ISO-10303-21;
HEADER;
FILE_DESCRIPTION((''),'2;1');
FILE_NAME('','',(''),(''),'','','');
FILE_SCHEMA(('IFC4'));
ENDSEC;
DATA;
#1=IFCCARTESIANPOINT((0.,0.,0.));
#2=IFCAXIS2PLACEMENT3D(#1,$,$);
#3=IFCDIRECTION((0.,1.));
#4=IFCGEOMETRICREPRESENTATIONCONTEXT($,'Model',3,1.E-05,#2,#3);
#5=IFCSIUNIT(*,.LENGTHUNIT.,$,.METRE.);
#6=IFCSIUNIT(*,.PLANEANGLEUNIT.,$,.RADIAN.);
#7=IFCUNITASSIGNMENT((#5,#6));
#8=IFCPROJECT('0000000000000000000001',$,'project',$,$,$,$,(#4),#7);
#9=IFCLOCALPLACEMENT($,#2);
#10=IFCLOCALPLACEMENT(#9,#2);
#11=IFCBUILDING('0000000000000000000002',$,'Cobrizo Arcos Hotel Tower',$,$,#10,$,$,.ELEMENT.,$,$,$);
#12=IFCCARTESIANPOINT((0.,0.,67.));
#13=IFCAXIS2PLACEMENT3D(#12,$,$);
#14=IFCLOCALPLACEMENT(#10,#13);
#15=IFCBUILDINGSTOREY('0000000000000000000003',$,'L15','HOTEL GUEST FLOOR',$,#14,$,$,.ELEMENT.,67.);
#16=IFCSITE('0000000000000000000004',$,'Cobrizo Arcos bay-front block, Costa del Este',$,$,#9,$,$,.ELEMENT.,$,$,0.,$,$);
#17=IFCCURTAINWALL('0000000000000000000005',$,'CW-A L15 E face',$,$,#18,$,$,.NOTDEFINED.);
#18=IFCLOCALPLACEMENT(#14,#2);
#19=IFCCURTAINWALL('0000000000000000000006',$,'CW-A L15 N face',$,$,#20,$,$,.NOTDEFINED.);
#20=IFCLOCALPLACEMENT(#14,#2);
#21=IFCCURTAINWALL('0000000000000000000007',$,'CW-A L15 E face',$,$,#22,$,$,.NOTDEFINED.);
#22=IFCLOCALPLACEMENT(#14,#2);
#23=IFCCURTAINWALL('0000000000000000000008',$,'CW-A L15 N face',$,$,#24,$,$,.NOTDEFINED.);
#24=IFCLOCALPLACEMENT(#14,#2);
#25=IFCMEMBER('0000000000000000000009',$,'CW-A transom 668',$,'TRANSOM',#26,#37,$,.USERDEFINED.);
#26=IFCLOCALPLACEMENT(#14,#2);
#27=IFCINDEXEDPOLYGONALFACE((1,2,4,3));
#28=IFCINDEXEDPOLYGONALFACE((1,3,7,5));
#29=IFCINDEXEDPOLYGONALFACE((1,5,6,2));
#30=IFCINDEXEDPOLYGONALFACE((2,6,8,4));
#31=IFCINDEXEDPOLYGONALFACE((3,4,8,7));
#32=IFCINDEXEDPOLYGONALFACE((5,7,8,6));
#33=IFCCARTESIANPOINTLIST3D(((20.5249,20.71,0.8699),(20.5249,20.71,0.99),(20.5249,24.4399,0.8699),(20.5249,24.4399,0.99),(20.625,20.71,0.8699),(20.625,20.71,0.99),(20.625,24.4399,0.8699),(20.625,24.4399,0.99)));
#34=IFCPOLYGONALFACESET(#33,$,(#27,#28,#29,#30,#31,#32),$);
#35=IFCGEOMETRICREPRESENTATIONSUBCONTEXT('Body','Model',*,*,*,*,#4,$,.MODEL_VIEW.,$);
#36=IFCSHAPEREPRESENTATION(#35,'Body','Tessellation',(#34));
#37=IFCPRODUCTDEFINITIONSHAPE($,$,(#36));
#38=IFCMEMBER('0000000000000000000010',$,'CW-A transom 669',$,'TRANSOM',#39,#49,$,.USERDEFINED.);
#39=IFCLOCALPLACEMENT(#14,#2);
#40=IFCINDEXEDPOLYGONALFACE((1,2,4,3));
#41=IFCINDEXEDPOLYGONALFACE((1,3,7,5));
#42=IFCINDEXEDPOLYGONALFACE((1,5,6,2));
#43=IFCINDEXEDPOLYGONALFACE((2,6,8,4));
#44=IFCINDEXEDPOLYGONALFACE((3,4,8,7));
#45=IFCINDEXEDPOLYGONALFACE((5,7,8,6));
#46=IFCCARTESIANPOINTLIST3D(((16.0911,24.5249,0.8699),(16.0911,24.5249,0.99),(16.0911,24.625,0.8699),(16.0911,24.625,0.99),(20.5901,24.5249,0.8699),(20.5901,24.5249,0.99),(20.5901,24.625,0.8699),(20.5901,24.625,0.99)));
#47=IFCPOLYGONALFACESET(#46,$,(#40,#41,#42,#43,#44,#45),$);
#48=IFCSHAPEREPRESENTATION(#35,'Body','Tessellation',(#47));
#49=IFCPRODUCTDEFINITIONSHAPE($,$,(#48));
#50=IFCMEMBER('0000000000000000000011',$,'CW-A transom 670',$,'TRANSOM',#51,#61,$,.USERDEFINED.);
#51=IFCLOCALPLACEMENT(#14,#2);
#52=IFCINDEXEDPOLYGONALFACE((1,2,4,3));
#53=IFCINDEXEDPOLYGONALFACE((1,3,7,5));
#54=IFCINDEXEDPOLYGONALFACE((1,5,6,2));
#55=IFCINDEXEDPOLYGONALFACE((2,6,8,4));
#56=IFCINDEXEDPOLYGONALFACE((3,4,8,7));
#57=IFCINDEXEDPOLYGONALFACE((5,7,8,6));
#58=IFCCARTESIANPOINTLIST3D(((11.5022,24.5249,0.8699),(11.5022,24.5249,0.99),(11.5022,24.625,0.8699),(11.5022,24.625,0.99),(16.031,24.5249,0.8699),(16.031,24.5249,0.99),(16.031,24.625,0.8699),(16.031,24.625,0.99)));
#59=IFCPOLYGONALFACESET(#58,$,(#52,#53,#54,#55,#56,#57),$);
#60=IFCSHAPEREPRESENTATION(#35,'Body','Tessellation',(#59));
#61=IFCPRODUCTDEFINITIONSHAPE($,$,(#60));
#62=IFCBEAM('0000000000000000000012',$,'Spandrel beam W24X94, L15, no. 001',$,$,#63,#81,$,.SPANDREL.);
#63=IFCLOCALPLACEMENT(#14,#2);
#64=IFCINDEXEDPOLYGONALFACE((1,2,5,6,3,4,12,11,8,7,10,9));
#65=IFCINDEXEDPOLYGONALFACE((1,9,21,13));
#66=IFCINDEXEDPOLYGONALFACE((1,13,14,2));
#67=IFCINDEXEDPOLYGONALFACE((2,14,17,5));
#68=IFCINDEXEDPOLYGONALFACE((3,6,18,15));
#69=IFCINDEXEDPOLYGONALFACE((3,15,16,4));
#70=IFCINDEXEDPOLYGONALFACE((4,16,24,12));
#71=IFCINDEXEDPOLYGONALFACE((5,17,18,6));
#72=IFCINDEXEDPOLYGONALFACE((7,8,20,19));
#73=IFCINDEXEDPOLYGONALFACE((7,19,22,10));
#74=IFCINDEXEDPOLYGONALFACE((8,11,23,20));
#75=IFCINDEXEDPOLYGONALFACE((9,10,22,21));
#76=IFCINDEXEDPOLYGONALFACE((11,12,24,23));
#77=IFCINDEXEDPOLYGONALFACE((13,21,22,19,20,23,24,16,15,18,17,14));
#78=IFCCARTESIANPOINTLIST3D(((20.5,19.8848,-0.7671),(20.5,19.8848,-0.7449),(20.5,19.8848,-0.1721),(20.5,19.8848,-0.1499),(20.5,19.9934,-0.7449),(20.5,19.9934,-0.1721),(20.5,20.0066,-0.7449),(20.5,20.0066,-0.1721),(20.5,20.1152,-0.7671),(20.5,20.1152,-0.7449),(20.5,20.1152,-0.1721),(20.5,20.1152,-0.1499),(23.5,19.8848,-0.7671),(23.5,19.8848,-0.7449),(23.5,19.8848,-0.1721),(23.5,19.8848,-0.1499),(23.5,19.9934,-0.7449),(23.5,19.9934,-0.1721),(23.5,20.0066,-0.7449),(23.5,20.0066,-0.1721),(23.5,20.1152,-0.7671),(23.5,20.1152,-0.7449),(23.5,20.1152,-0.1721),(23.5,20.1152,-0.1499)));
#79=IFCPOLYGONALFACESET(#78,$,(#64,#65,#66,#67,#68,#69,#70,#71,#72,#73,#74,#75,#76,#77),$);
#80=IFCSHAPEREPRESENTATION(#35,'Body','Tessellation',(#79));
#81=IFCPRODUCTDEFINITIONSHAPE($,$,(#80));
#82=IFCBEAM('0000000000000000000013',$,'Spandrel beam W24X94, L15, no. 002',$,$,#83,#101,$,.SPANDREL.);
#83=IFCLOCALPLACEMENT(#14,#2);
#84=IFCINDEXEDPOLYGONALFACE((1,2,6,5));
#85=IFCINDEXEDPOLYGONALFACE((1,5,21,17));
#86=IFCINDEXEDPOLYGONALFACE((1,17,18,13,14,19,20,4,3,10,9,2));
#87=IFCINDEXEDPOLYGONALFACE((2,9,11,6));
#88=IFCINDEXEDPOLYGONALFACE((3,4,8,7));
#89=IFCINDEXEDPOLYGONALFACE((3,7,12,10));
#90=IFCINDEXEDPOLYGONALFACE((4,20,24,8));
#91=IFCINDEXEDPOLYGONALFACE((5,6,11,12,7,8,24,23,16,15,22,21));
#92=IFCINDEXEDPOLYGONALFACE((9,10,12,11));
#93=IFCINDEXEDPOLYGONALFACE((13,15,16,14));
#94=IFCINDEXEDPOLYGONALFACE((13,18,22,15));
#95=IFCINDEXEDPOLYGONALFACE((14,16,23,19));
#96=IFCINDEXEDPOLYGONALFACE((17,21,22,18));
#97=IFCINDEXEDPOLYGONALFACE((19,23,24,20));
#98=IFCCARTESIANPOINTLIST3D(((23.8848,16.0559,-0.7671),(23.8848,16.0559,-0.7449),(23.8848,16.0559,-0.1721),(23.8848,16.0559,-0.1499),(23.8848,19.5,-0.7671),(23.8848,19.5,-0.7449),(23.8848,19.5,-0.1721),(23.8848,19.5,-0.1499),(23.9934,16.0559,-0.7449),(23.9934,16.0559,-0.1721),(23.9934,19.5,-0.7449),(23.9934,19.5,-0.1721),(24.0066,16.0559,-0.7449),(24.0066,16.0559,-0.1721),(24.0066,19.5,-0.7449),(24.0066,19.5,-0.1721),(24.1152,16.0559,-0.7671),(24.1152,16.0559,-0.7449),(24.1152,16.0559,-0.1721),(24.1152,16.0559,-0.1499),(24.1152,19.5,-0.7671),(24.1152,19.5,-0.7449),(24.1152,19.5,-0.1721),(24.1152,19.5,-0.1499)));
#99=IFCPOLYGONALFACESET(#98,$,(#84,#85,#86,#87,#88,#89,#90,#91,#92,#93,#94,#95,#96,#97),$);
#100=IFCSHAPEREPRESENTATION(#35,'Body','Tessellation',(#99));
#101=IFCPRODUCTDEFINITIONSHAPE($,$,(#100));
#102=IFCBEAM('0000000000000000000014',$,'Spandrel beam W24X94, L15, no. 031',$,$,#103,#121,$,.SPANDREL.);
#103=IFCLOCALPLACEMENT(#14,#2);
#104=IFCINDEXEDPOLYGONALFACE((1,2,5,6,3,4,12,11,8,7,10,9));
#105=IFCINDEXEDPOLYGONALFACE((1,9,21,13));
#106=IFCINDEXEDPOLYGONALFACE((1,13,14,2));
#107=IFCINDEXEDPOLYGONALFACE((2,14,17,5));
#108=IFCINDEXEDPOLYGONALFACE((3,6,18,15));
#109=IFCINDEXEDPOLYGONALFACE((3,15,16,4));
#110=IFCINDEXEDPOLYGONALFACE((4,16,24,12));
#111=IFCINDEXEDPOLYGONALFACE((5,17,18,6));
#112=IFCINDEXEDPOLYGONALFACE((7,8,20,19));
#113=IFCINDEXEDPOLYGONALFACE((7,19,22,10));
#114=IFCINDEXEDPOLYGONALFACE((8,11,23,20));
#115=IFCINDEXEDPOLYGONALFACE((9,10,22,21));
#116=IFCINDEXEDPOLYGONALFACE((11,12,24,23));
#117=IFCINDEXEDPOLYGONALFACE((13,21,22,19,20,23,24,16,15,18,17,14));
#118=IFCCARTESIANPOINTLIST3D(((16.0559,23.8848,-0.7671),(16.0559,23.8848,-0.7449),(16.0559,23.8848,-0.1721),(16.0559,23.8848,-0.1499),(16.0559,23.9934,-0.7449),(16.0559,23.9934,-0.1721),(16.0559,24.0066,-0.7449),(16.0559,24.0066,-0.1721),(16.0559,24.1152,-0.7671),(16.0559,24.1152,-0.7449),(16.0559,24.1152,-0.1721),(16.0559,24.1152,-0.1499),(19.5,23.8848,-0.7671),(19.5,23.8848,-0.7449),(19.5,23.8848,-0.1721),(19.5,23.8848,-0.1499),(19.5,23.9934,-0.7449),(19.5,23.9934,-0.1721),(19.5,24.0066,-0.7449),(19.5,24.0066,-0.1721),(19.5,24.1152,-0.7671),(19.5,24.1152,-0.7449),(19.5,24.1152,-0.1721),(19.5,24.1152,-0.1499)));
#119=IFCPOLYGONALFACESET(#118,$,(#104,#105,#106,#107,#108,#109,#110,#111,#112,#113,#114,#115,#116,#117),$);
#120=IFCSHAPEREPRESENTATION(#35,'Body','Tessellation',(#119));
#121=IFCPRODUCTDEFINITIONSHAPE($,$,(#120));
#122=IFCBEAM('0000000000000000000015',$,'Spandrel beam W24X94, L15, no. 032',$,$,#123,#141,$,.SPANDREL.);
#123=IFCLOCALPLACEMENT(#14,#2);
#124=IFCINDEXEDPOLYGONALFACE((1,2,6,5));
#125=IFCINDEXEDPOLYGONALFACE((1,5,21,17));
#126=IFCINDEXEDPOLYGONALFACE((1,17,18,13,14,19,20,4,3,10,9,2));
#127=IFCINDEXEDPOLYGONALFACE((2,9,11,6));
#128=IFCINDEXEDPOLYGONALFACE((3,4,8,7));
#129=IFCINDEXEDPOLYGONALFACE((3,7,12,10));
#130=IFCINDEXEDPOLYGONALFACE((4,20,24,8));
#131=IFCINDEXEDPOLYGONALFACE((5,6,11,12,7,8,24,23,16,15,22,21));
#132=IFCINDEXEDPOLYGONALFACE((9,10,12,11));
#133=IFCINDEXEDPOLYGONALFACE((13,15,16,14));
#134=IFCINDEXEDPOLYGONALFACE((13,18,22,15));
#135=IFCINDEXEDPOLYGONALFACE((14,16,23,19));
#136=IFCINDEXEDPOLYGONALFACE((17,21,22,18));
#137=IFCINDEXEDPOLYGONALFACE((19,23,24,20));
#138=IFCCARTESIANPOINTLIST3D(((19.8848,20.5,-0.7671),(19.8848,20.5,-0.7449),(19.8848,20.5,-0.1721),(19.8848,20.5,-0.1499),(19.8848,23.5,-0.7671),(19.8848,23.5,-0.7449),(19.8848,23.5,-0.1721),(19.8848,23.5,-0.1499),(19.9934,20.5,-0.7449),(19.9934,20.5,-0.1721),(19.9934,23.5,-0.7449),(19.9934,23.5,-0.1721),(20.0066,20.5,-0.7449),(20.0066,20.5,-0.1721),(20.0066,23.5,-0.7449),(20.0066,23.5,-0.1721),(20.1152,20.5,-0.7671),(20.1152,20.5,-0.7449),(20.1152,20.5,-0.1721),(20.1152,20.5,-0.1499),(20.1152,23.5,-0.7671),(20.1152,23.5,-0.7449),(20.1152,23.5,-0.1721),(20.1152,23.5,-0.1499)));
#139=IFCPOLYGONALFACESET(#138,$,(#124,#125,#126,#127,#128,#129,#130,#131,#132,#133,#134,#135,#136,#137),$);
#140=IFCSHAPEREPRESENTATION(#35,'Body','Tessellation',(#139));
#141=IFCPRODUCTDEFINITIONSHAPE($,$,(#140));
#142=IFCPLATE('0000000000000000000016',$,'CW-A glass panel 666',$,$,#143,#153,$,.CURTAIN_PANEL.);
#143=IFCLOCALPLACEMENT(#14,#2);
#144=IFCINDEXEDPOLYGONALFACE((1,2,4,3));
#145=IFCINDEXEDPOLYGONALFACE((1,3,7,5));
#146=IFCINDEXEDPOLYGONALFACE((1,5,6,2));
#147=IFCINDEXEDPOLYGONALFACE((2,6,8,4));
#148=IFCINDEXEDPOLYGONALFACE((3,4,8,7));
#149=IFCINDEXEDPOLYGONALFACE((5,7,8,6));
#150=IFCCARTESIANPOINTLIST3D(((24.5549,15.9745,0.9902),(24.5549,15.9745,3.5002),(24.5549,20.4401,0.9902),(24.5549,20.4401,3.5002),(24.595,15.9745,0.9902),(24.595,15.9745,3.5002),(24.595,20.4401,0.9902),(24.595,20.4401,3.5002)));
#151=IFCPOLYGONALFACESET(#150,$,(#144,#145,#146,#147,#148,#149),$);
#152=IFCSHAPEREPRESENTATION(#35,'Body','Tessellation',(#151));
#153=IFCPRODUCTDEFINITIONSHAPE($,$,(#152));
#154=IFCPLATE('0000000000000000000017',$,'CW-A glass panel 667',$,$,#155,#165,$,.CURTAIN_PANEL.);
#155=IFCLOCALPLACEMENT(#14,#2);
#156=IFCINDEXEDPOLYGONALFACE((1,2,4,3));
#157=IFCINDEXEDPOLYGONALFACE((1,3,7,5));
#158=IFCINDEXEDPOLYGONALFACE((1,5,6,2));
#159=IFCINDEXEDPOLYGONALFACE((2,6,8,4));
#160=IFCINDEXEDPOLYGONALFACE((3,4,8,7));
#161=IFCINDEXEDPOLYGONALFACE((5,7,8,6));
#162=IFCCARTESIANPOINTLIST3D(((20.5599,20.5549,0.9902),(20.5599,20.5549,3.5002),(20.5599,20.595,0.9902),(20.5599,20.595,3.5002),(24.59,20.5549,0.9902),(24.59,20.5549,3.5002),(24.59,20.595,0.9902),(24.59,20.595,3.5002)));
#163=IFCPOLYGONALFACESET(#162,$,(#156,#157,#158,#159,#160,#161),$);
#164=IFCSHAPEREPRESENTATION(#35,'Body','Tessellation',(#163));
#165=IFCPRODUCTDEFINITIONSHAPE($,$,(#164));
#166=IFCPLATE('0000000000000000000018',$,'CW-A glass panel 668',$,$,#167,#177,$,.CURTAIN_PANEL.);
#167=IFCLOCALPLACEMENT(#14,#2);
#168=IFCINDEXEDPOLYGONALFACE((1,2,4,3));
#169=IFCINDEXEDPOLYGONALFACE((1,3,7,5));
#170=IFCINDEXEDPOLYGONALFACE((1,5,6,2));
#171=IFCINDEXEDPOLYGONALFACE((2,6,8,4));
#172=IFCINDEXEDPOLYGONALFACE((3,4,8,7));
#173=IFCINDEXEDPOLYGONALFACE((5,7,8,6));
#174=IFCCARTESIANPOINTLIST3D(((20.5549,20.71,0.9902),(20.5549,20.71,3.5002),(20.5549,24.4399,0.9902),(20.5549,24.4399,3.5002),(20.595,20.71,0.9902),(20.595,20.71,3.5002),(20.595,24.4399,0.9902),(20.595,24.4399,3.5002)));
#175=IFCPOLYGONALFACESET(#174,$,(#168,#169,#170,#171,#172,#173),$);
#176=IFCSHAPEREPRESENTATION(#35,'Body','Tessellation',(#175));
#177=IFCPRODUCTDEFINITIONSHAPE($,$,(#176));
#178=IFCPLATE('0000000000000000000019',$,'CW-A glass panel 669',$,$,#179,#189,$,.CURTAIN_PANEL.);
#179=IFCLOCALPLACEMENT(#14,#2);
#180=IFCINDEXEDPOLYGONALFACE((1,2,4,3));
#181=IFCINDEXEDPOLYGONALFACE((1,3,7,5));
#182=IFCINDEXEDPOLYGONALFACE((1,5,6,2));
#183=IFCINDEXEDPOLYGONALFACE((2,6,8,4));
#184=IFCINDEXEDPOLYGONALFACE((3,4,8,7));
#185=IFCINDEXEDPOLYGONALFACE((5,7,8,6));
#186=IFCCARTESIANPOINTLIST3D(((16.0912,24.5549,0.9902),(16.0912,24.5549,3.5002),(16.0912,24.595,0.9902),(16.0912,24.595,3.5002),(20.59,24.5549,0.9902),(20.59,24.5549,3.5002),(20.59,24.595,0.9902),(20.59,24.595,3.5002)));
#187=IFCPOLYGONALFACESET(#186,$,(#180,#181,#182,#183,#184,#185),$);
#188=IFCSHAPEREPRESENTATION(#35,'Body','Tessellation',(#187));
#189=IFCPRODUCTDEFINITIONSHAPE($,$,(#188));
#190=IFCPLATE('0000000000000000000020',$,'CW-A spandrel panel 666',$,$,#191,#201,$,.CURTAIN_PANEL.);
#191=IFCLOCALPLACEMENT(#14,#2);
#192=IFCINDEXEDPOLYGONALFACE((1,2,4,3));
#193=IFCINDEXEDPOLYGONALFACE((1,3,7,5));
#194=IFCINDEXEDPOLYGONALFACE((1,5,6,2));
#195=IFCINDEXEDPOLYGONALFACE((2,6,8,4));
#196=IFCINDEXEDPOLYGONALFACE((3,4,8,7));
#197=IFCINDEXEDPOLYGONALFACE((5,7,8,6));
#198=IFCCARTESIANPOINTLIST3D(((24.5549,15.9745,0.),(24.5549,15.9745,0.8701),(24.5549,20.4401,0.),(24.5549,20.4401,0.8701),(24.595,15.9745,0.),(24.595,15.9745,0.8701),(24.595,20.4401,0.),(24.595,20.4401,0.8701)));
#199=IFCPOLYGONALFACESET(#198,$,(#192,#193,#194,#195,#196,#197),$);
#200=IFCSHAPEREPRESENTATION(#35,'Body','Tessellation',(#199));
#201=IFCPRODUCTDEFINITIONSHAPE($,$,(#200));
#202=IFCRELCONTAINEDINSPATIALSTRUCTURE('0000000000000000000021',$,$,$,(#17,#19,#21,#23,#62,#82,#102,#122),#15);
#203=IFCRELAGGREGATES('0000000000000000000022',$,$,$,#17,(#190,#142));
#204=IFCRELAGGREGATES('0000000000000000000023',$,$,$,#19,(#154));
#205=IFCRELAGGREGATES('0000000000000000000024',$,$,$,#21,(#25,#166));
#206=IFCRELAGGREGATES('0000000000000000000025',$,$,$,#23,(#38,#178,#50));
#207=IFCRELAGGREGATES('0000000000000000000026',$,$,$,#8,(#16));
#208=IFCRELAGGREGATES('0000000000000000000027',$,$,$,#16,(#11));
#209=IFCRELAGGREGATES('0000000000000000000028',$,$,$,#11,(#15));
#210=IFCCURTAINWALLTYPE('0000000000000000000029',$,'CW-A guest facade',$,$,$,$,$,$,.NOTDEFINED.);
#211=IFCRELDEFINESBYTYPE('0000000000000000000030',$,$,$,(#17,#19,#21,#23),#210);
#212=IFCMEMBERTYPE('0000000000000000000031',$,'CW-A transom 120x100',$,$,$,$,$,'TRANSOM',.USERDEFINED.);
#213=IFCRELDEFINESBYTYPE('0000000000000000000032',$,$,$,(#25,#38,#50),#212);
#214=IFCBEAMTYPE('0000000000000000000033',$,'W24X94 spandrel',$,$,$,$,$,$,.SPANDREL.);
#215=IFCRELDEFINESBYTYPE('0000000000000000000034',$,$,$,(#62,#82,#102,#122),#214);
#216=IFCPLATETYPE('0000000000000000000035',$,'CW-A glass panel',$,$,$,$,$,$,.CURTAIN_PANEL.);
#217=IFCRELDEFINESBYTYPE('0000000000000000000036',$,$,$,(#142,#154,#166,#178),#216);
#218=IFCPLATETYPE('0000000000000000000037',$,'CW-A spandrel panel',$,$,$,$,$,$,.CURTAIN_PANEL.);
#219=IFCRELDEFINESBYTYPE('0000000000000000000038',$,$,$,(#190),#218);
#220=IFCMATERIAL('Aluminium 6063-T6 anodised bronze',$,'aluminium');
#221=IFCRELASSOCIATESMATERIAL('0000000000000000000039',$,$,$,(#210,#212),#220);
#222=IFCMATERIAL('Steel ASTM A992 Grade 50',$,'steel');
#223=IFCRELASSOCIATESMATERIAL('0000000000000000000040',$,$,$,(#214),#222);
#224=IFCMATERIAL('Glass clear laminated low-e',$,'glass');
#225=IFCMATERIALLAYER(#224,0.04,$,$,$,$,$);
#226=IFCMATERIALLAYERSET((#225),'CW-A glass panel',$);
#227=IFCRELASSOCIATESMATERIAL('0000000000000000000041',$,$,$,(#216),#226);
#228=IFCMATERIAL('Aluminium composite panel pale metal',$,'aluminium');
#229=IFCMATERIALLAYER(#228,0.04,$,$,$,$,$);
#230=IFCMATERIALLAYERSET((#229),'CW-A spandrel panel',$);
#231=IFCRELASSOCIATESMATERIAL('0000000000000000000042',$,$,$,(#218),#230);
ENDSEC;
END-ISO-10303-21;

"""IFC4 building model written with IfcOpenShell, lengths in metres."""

from ifc_helpers import new_model, si_unit, direction, frame, origin, origin_2d, place, context, subcontext, project, spatial, rectangle, i_section, extrude, material, layer, layer_set, material_profile, profile_set, type_object, element, aggregate, save


model = new_model("IFC4")

# Units and contexts
model_context = context("Model", 3, precision=1e-05, world=origin(), true_north=direction((0.0, 1.0)))
body_context = subcontext(model_context, "Body", "Model", "MODEL_VIEW")
ifc_project = project(units=[si_unit("LENGTHUNIT", "METRE"), si_unit("PLANEANGLEUNIT", "RADIAN")], contexts=[model_context])

# Site, building, storey
site_placement = place(None, origin())
site = spatial("IfcSite", under=ifc_project, at=site_placement, Name="Cobrizo Arcos bay-front block, Costa del Este", CompositionType="ELEMENT", RefElevation=0.0)
building_placement = place(site_placement, origin())
building = spatial("IfcBuilding", under=site, at=building_placement, Name="Cobrizo Arcos Hotel Tower", CompositionType="ELEMENT")
storey_placement = place(building_placement, frame((0.0, 0.0, 67.0)))
storey = spatial("IfcBuildingStorey", under=building, at=storey_placement, Name="L15", Description="HOTEL GUEST FLOOR", CompositionType="ELEMENT", Elevation=67.0)

# Curtain wall
ifc_material_1 = material(Name="Aluminium 6063-T6 anodised bronze", Category="aluminium")
curtain_wall_type = type_object("IfcCurtainWallType", Name="CW-A guest facade", PredefinedType="NOTDEFINED", material=ifc_material_1)
curtain_wall_1_placement = place(storey_placement, origin())
curtain_wall_1 = element("IfcCurtainWall", 1, at=curtain_wall_1_placement, inside=storey, type_object=curtain_wall_type, Name="CW-A L15 E face", PredefinedType="NOTDEFINED")

# Curtain walls
curtain_wall_2_placement = place(storey_placement, origin())
curtain_wall_2 = element("IfcCurtainWall", 2, at=curtain_wall_2_placement, inside=storey, type_object=curtain_wall_type, Name="CW-A L15 N face", PredefinedType="NOTDEFINED")
curtain_wall_3_placement = place(storey_placement, origin())
curtain_wall_3 = element("IfcCurtainWall", 3, at=curtain_wall_3_placement, inside=storey, type_object=curtain_wall_type, Name="CW-A L15 E face", PredefinedType="NOTDEFINED")
curtain_wall_4_placement = place(storey_placement, origin())
curtain_wall_4 = element("IfcCurtainWall", 4, at=curtain_wall_4_placement, inside=storey, type_object=curtain_wall_type, Name="CW-A L15 N face", PredefinedType="NOTDEFINED")

# Members
ifc_material_profile_1 = material_profile(ifc_material_1, rectangle(XDim=0.1001, YDim=0.1201, at=origin_2d()), Name="CW-A transom 120x100")
ifc_profile_set_1 = profile_set([ifc_material_profile_1], Name="Aluminium 6063-T6 anodised bronze")
member_type_1 = type_object("IfcMemberType", Name="CW-A transom 120x100", ElementType="TRANSOM", PredefinedType="USERDEFINED", material=ifc_profile_set_1)
member_1_placement = place(storey_placement, frame((20.575, 20.71, 0.9299), z_axis=(0.0, 1.0, 0.0), x_axis=(-1.0, 0.0, 0.0)))
member_1 = element("IfcMember", 5, at=member_1_placement, type_object=member_type_1, Name="CW-A transom 668", ObjectType="TRANSOM", PredefinedType="USERDEFINED", context=body_context, shape_type="SweptSolid", body=[
    extrude(rectangle(XDim=0.1001, YDim=0.1201, at=origin_2d()), origin(), (0.0, 0.0, 1.0), 3.73),
])
member_2_placement = place(storey_placement, frame((20.5901, 24.575, 0.9299), z_axis=(-1.0, 0.0, 0.0), x_axis=(0.0, -1.0, 0.0)))
member_2 = element("IfcMember", 6, at=member_2_placement, type_object=member_type_1, Name="CW-A transom 669", ObjectType="TRANSOM", PredefinedType="USERDEFINED", context=body_context, shape_type="SweptSolid", body=[
    extrude(rectangle(XDim=0.1001, YDim=0.1201, at=origin_2d()), origin(), (0.0, 0.0, 1.0), 4.499),
])
member_3_placement = place(storey_placement, frame((16.031, 24.575, 0.9299), z_axis=(-1.0, 0.0, 0.0), x_axis=(0.0, -1.0, 0.0)))
member_3 = element("IfcMember", 7, at=member_3_placement, type_object=member_type_1, Name="CW-A transom 670", ObjectType="TRANSOM", PredefinedType="USERDEFINED", context=body_context, shape_type="SweptSolid", body=[
    extrude(rectangle(XDim=0.1001, YDim=0.1201, at=origin_2d()), origin(), (0.0, 0.0, 1.0), 4.5288),
])

# Beams
ifc_material_2 = material(Name="Steel ASTM A992 Grade 50", Category="steel")
ifc_material_profile_2 = material_profile(ifc_material_2, i_section(OverallWidth=0.2305, OverallDepth=0.6172, WebThickness=0.0132, FlangeThickness=0.0222, at=origin_2d()), Name="W24X94")
ifc_profile_set_2 = profile_set([ifc_material_profile_2], Name="Steel ASTM A992 Grade 50")
beam_type_1 = type_object("IfcBeamType", Name="W24X94 spandrel", PredefinedType="SPANDREL", material=ifc_profile_set_2)
beam_1_placement = place(storey_placement, frame((20.5, 20.0, -0.4585), z_axis=(1.0, 0.0, 0.0), x_axis=(0.0, 1.0, 0.0)))
element("IfcBeam", 8, at=beam_1_placement, inside=storey, type_object=beam_type_1, Name="Spandrel beam W24X94, L15, no. 001", PredefinedType="SPANDREL", context=body_context, shape_type="SweptSolid", body=[
    extrude(i_section(OverallWidth=0.2305, OverallDepth=0.6172, WebThickness=0.0132, FlangeThickness=0.0222, at=origin_2d()), origin(), (0.0, 0.0, 1.0), 3.0),
])
for number, where, z_axis, x_axis, name in (
    (9, (24.0, 19.5, -0.4585), (0.0, -1.0, 0.0), (1.0, 0.0, 0.0), "Spandrel beam W24X94, L15, no. 002"),
    (10, (16.0559, 24.0, -0.4585), (1.0, 0.0, 0.0), (0.0, 1.0, 0.0), "Spandrel beam W24X94, L15, no. 031"),
):
    element("IfcBeam", number, at=place(storey_placement, frame(where, z_axis=z_axis, x_axis=x_axis)), inside=storey, type_object=beam_type_1, Name=name, PredefinedType="SPANDREL", context=body_context, shape_type="SweptSolid", body=[
        extrude(i_section(OverallWidth=0.2305, OverallDepth=0.6172, WebThickness=0.0132, FlangeThickness=0.0222, at=origin_2d()), origin(), (0.0, 0.0, 1.0), 3.4441),
    ])
beam_2_placement = place(storey_placement, frame((20.0, 23.5, -0.4585), z_axis=(0.0, -1.0, 0.0), x_axis=(1.0, 0.0, 0.0)))
element("IfcBeam", 11, at=beam_2_placement, inside=storey, type_object=beam_type_1, Name="Spandrel beam W24X94, L15, no. 032", PredefinedType="SPANDREL", context=body_context, shape_type="SweptSolid", body=[
    extrude(i_section(OverallWidth=0.2305, OverallDepth=0.6172, WebThickness=0.0132, FlangeThickness=0.0222, at=origin_2d()), origin(), (0.0, 0.0, 1.0), 3.0),
])

# Plates
ifc_material_3 = material(Name="Glass clear laminated low-e", Category="glass")
ifc_layer_1 = layer(ifc_material_3, 0.04)
ifc_layer_set_1 = layer_set([ifc_layer_1], Name="CW-A glass panel")
plate_type_1 = type_object("IfcPlateType", Name="CW-A glass panel", PredefinedType="CURTAIN_PANEL", material=ifc_layer_set_1)
plate_1_placement = place(storey_placement, frame((24.575, 18.2073, 0.9902), z_axis=(0.0, 0.0, 1.0), x_axis=(0.0, 1.0, 0.0)))
plate_1 = element("IfcPlate", 12, at=plate_1_placement, type_object=plate_type_1, Name="CW-A glass panel 666", PredefinedType="CURTAIN_PANEL", context=body_context, shape_type="SweptSolid", body=[
    extrude(rectangle(XDim=4.4656, YDim=0.04, at=origin_2d()), origin(), (0.0, 0.0, 1.0), 2.51),
])
plate_2_placement = place(storey_placement, frame((22.575, 20.575, 0.9902), z_axis=(0.0, 0.0, 1.0), x_axis=(-1.0, 0.0, 0.0)))
plate_2 = element("IfcPlate", 13, at=plate_2_placement, type_object=plate_type_1, Name="CW-A glass panel 667", PredefinedType="CURTAIN_PANEL", context=body_context, shape_type="SweptSolid", body=[
    extrude(rectangle(XDim=4.03, YDim=0.04, at=origin_2d()), origin(), (0.0, 0.0, 1.0), 2.51),
])
plate_3_placement = place(storey_placement, frame((20.575, 22.575, 0.9902), z_axis=(0.0, 0.0, 1.0), x_axis=(0.0, 1.0, 0.0)))
plate_3 = element("IfcPlate", 14, at=plate_3_placement, type_object=plate_type_1, Name="CW-A glass panel 668", PredefinedType="CURTAIN_PANEL", context=body_context, shape_type="SweptSolid", body=[
    extrude(rectangle(XDim=3.73, YDim=0.04, at=origin_2d()), origin(), (0.0, 0.0, 1.0), 2.51),
])
plate_4_placement = place(storey_placement, frame((18.3406, 24.575, 0.9902), z_axis=(0.0, 0.0, 1.0), x_axis=(-1.0, 0.0, 0.0)))
plate_4 = element("IfcPlate", 15, at=plate_4_placement, type_object=plate_type_1, Name="CW-A glass panel 669", PredefinedType="CURTAIN_PANEL", context=body_context, shape_type="SweptSolid", body=[
    extrude(rectangle(XDim=4.4988, YDim=0.04, at=origin_2d()), origin(), (0.0, 0.0, 1.0), 2.51),
])
ifc_material_4 = material(Name="Aluminium composite panel pale metal", Category="aluminium")
ifc_layer_2 = layer(ifc_material_4, 0.04)
ifc_layer_set_2 = layer_set([ifc_layer_2], Name="CW-A spandrel panel")
plate_type_2 = type_object("IfcPlateType", Name="CW-A spandrel panel", PredefinedType="CURTAIN_PANEL", material=ifc_layer_set_2)
plate_5_placement = place(storey_placement, frame((24.575, 18.2073, 0.0), z_axis=(0.0, 0.0, 1.0), x_axis=(0.0, 1.0, 0.0)))
plate_5 = element("IfcPlate", 16, at=plate_5_placement, type_object=plate_type_2, Name="CW-A spandrel panel 666", PredefinedType="CURTAIN_PANEL", context=body_context, shape_type="SweptSolid", body=[
    extrude(rectangle(XDim=4.4656, YDim=0.04, at=origin_2d()), origin(), (0.0, 0.0, 1.0), 0.8701),
])
aggregate(curtain_wall_1, [plate_5, plate_1])
aggregate(curtain_wall_2, [plate_2])
aggregate(curtain_wall_3, [member_1, plate_3])
aggregate(curtain_wall_4, [member_2, plate_4, member_3])

save(model, "model.ifc")
